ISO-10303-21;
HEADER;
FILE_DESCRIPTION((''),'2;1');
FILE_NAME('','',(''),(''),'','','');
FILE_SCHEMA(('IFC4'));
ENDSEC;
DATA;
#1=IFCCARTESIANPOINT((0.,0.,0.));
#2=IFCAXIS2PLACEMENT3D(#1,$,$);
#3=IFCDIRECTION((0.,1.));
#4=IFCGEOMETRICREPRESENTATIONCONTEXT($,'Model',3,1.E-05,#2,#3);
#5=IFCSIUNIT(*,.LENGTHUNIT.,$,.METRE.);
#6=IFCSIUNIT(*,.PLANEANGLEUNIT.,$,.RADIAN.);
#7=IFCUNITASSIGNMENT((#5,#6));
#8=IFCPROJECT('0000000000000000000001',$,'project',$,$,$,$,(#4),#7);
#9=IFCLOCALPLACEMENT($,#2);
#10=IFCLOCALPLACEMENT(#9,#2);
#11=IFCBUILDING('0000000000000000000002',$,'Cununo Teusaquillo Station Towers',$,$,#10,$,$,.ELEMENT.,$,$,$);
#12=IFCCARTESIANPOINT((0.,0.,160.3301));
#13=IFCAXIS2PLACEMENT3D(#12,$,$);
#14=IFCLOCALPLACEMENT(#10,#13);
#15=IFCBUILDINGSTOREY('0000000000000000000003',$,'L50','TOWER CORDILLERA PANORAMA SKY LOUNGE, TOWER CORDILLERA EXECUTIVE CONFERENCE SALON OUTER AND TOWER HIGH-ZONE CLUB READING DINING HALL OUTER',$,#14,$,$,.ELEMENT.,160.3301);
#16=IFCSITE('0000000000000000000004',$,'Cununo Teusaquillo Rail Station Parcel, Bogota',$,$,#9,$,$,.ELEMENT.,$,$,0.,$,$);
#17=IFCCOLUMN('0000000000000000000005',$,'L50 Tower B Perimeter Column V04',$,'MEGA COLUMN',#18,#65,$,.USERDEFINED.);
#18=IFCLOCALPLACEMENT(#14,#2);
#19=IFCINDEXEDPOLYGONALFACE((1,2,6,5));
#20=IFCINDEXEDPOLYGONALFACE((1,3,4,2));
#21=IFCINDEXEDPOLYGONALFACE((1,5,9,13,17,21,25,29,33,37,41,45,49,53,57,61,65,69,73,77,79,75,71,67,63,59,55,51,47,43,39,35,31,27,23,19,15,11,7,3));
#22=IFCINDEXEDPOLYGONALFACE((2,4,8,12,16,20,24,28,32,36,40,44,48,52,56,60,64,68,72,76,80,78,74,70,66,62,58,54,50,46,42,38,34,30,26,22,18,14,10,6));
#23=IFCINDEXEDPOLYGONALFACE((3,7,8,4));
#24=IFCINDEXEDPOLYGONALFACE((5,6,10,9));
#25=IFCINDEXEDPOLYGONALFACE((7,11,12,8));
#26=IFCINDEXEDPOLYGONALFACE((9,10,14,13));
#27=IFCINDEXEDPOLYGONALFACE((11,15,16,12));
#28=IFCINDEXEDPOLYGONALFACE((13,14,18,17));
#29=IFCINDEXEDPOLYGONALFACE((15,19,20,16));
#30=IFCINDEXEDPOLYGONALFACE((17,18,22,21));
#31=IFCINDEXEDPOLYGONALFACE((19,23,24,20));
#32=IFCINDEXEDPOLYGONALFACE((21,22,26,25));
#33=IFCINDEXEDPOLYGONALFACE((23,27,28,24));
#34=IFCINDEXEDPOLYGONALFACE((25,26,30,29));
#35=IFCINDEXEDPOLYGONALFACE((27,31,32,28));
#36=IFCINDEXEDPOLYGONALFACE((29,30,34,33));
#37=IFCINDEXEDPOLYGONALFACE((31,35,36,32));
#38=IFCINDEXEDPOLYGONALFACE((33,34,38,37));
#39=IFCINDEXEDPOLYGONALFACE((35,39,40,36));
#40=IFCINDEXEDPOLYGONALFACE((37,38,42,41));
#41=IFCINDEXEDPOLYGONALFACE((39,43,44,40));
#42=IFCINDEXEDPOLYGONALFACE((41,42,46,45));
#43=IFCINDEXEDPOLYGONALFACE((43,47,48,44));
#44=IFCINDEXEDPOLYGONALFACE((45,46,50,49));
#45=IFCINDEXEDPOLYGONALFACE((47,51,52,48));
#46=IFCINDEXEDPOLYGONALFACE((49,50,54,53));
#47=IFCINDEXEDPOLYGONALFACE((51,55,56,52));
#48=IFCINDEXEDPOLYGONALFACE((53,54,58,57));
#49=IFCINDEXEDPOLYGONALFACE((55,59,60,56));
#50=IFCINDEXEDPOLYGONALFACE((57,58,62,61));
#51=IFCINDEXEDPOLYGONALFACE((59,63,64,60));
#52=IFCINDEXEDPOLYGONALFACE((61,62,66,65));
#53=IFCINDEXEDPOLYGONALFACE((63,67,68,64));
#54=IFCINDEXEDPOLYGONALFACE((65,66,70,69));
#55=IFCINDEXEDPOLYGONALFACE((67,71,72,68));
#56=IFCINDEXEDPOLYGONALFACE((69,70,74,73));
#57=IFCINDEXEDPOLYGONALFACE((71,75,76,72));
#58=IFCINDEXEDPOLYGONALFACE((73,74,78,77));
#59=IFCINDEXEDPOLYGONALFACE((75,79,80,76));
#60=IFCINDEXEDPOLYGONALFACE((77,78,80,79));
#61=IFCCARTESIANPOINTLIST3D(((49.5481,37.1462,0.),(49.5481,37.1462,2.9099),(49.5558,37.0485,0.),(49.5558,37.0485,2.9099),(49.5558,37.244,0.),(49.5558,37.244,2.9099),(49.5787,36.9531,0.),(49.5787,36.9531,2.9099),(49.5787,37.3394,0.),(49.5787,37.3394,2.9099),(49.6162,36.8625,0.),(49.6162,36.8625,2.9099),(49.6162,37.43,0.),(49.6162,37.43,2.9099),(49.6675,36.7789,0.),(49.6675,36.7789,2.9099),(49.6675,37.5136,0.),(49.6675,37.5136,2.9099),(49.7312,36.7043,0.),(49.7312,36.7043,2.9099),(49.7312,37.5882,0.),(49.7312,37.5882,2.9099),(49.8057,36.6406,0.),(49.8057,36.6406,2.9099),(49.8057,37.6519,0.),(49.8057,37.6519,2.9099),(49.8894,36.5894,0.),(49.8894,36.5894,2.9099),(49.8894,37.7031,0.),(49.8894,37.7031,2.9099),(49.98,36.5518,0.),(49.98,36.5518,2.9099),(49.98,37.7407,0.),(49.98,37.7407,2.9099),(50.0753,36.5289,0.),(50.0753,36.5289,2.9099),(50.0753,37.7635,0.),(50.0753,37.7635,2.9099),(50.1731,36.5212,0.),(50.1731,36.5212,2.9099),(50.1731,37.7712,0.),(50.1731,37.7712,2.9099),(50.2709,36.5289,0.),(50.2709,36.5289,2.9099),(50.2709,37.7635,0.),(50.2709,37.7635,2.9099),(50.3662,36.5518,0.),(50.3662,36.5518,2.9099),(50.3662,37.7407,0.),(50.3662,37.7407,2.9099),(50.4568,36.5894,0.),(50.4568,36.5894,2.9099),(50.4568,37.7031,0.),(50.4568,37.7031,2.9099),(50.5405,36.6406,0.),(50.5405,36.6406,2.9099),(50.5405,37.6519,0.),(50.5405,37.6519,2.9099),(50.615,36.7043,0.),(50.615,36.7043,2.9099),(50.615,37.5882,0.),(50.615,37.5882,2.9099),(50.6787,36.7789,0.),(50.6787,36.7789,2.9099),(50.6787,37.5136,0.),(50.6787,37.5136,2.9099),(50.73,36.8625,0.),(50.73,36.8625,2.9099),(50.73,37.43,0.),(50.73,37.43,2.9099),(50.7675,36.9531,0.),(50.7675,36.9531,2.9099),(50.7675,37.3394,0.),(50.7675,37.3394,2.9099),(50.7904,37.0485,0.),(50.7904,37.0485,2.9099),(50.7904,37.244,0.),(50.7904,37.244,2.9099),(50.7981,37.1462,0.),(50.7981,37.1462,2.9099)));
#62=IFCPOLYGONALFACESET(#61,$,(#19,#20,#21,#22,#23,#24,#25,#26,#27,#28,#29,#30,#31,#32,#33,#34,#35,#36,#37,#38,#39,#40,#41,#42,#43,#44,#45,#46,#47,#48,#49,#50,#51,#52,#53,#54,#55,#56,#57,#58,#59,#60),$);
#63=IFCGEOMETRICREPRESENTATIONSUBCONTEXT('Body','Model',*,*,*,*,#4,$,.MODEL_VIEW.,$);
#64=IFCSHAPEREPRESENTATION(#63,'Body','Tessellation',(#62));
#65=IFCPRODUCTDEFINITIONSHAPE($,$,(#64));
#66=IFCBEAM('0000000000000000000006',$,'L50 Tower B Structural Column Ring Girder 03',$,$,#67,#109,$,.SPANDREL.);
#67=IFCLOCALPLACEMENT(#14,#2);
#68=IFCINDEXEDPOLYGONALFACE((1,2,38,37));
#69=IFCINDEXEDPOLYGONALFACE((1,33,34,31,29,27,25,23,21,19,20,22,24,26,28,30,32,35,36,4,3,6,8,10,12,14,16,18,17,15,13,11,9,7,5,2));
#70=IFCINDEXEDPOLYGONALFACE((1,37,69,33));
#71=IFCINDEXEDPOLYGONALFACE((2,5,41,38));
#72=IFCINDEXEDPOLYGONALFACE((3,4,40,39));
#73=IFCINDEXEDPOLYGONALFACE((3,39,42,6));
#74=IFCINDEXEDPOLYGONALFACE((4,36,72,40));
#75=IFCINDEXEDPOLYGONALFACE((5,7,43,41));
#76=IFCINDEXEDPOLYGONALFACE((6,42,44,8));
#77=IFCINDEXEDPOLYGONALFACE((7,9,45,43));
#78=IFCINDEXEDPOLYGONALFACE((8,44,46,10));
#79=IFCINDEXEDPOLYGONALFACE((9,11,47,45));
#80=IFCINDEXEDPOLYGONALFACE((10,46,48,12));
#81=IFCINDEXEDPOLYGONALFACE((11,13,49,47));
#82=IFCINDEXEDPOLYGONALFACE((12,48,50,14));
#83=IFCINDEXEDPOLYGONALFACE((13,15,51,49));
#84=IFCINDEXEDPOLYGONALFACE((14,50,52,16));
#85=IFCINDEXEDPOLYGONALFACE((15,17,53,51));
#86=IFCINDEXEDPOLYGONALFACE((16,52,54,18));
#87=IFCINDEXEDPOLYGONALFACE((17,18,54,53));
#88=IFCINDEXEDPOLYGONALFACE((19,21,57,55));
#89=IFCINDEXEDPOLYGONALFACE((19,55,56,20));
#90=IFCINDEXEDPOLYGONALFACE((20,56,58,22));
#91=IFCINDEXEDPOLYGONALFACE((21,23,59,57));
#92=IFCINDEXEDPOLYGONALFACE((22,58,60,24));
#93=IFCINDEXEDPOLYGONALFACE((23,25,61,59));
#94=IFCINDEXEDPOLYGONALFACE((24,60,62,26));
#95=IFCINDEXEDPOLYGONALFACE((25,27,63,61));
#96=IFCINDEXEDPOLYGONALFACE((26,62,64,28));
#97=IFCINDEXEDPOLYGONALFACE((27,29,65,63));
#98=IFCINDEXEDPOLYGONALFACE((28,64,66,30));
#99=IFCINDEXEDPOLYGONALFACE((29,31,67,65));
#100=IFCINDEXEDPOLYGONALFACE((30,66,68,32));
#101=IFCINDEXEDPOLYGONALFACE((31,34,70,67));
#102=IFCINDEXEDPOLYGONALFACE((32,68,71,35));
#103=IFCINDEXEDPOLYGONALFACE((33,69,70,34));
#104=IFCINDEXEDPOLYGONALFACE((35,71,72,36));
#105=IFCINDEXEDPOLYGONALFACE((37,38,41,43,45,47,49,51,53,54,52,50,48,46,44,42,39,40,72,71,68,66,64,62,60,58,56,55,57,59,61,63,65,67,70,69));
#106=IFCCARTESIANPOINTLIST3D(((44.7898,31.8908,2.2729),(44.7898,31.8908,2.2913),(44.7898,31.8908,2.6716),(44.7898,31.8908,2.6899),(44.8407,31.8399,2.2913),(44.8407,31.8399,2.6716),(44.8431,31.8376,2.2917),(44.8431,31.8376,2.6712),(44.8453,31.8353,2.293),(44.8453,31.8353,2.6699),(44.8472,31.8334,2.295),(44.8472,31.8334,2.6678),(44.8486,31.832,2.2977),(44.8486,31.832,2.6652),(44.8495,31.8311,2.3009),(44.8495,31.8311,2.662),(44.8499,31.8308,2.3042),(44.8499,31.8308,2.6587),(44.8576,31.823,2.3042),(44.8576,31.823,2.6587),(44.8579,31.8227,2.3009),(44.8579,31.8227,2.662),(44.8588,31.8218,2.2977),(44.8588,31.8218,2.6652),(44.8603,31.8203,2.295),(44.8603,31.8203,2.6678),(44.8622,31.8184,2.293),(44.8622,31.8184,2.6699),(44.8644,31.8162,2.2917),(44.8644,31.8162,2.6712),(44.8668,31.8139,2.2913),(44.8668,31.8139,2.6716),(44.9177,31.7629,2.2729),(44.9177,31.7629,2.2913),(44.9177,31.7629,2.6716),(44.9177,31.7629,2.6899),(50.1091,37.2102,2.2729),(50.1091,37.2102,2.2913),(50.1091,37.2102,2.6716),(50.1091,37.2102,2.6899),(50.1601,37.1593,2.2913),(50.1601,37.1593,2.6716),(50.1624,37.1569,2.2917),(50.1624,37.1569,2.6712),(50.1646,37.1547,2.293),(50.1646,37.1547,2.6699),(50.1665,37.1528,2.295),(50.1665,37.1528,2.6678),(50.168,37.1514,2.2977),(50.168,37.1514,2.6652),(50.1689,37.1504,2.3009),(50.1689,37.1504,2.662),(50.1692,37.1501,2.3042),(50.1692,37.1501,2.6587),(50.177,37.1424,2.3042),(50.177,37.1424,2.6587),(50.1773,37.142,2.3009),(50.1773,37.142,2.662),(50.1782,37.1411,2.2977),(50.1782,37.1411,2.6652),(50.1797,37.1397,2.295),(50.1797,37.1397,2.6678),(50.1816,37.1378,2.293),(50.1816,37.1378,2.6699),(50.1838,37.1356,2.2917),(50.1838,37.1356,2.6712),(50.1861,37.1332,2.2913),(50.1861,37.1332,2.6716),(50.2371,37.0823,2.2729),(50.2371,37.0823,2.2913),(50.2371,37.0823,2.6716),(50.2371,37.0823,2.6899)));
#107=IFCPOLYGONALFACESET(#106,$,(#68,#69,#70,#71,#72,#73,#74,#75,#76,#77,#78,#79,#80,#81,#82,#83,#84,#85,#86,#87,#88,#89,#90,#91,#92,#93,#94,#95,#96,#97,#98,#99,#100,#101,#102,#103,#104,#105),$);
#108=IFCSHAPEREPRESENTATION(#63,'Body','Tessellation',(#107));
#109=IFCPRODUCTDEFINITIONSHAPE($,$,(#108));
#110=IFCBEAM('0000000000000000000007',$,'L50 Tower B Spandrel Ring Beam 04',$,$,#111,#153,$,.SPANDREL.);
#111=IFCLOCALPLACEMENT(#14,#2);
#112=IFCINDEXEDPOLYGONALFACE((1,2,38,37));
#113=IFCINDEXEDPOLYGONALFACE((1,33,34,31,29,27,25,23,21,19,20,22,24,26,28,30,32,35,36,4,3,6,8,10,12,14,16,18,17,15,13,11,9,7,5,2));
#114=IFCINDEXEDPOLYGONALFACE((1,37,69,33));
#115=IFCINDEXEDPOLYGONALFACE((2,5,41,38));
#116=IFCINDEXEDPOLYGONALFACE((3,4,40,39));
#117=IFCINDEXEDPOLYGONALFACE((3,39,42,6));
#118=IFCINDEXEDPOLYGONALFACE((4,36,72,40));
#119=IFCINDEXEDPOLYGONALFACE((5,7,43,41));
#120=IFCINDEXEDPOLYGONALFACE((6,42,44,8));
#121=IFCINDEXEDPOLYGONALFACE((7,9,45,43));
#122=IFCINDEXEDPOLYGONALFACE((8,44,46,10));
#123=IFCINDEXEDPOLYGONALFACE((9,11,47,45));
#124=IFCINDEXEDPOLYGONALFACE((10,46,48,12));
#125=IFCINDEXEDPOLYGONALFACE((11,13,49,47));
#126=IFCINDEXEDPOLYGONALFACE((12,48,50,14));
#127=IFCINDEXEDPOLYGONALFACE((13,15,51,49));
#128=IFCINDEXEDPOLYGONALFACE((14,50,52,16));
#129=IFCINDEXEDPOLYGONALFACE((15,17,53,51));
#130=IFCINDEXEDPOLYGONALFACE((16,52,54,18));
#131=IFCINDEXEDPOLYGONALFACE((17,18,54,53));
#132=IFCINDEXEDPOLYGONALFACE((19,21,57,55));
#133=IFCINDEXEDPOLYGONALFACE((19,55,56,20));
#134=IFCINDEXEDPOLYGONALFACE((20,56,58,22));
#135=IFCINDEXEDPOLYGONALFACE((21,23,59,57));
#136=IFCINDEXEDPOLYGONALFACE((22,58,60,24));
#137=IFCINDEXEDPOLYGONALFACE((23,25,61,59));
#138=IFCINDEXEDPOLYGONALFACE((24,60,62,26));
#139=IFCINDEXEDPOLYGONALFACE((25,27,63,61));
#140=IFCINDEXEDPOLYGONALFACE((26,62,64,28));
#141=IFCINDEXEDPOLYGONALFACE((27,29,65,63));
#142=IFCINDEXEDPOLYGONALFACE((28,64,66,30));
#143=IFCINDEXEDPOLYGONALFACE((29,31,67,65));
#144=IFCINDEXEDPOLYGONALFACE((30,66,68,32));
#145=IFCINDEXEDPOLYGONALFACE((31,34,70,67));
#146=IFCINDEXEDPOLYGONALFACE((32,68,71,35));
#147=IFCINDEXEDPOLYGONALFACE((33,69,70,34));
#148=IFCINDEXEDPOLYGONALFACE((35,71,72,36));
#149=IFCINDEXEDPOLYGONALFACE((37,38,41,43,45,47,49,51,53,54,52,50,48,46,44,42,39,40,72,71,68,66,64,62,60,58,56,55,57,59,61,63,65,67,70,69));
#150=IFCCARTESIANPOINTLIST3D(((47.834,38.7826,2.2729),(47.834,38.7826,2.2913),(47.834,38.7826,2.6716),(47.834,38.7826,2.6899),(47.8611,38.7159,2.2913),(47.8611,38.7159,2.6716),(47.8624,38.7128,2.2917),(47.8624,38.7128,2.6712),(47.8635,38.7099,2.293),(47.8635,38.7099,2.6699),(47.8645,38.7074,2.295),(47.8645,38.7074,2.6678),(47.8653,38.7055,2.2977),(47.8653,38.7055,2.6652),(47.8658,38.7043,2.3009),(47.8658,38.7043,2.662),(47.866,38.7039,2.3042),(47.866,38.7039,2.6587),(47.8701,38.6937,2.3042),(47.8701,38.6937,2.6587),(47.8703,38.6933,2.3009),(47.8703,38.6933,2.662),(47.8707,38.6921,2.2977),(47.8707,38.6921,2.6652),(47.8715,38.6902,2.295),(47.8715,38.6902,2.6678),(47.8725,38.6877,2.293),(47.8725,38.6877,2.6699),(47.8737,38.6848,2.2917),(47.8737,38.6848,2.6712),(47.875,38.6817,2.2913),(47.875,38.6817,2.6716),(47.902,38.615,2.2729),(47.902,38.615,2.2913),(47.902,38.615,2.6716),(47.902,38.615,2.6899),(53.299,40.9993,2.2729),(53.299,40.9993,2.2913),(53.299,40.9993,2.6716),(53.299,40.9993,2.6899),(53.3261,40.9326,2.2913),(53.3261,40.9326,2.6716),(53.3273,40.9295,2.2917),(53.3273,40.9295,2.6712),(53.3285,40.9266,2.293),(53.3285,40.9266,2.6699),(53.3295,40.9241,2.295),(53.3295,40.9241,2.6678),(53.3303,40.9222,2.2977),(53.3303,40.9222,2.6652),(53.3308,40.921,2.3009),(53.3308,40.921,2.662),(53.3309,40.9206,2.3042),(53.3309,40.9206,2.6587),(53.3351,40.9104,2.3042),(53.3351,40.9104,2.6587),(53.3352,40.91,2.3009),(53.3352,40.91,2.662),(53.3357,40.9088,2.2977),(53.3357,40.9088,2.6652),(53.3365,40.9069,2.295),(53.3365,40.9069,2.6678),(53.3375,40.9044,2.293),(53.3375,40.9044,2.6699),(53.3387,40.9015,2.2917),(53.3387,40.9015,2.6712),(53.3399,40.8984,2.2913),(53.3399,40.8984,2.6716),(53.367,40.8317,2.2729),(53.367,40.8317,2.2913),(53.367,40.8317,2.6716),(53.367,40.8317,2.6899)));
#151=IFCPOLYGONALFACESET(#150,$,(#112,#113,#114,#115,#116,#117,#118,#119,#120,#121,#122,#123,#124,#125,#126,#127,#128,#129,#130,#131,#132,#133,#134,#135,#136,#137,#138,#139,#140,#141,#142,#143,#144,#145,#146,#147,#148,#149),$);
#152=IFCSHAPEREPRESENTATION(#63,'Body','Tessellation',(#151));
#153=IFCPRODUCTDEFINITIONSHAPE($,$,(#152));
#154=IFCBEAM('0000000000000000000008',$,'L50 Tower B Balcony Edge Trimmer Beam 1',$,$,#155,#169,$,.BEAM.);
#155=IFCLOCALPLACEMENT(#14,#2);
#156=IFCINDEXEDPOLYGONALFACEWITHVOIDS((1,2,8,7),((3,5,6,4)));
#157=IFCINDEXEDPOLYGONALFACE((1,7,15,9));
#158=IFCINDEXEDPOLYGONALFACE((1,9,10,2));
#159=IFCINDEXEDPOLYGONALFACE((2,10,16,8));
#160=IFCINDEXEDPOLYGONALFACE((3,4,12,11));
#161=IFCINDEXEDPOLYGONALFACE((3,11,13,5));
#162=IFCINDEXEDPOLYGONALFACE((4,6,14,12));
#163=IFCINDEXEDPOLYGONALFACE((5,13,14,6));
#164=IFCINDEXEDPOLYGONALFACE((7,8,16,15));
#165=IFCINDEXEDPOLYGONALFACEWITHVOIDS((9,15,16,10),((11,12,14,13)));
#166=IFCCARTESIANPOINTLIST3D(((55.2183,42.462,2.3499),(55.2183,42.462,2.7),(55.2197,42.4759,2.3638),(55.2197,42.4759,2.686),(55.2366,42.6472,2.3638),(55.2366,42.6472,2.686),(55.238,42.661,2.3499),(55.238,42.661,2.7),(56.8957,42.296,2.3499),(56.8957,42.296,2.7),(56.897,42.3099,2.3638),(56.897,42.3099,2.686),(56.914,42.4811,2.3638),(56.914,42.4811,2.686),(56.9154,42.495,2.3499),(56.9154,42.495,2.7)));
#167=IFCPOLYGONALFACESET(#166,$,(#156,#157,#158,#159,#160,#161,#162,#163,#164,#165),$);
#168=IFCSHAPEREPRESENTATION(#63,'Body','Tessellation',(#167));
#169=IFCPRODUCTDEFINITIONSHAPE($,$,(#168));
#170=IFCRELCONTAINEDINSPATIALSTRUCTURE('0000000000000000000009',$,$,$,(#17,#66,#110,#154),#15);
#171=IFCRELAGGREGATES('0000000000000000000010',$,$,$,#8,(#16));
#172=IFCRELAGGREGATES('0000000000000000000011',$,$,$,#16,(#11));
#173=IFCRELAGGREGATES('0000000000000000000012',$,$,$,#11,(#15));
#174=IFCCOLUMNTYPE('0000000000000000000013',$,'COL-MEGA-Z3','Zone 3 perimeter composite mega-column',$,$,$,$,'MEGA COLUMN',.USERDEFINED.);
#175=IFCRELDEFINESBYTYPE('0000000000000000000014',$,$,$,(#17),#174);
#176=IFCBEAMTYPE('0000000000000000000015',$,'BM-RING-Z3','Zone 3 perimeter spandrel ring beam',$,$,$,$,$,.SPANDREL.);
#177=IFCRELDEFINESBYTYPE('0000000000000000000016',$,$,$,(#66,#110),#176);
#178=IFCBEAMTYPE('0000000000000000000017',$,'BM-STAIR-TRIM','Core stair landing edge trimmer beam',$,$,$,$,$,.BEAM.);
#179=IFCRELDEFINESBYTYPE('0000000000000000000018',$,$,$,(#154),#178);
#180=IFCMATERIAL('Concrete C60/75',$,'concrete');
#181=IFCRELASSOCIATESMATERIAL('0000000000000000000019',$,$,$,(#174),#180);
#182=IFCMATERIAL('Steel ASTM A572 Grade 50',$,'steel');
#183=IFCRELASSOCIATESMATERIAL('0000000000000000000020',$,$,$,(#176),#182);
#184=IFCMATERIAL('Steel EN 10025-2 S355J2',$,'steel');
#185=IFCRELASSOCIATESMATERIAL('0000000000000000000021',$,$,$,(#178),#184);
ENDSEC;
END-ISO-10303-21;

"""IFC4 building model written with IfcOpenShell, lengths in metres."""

from ifc_helpers import new_model, si_unit, direction, frame, origin, origin_2d, place, context, subcontext, project, spatial, hollow_rectangle, circle, i_section, extrude, material, material_profile, profile_set, type_object, element, save


model = new_model("IFC4")

# Units and contexts
model_context = context("Model", 3, precision=1e-05, world=origin(), true_north=direction((0.0, 1.0)))
body_context = subcontext(model_context, "Body", "Model", "MODEL_VIEW")
ifc_project = project(units=[si_unit("LENGTHUNIT", "METRE"), si_unit("PLANEANGLEUNIT", "RADIAN")], contexts=[model_context])

# Site, building, storey
site_placement = place(None, origin())
site = spatial("IfcSite", under=ifc_project, at=site_placement, Name="Cununo Teusaquillo Rail Station Parcel, Bogota", CompositionType="ELEMENT", RefElevation=0.0)
building_placement = place(site_placement, origin())
building = spatial("IfcBuilding", under=site, at=building_placement, Name="Cununo Teusaquillo Station Towers", CompositionType="ELEMENT")
storey_placement = place(building_placement, frame((0.0, 0.0, 160.3301)))
storey = spatial("IfcBuildingStorey", under=building, at=storey_placement, Name="L50", Description="TOWER CORDILLERA PANORAMA SKY LOUNGE, TOWER CORDILLERA EXECUTIVE CONFERENCE SALON OUTER AND TOWER HIGH-ZONE CLUB READING DINING HALL OUTER", CompositionType="ELEMENT", Elevation=160.3301)

# Column
ifc_material_1 = material(Name="Concrete C60/75", Category="concrete")
ifc_material_profile_1 = material_profile(ifc_material_1, circle(Radius=0.625, at=origin_2d()), Name="RC-CIRC-1250")
ifc_profile_set_1 = profile_set([ifc_material_profile_1], Name="Concrete C60/75")
column_type = type_object("IfcColumnType", Name="COL-MEGA-Z3", Description="Zone 3 perimeter composite mega-column", ElementType="MEGA COLUMN", PredefinedType="USERDEFINED", material=ifc_profile_set_1)
column_placement = place(storey_placement, frame((50.1731, 37.1462, 0.0), z_axis=(0.0, 0.0, 1.0), x_axis=(1.0, 0.0, 0.0)))
element("IfcColumn", 1, at=column_placement, inside=storey, type_object=column_type, Name="L50 Tower B Perimeter Column V04", ObjectType="MEGA COLUMN", PredefinedType="USERDEFINED", context=body_context, shape_type="SweptSolid", body=[
    extrude(circle(Radius=0.625, at=origin_2d()), origin(), (0.0, 0.0, 1.0), 2.9099),
])

# Beams
ifc_material_2 = material(Name="Steel ASTM A572 Grade 50", Category="steel")
ifc_material_profile_2 = material_profile(ifc_material_2, i_section(OverallWidth=0.1809, OverallDepth=0.417, WebThickness=0.011, FlangeThickness=0.0183, FilletRadius=0.0129, at=origin_2d()), Name="W16X57")
ifc_profile_set_2 = profile_set([ifc_material_profile_2], Name="Steel ASTM A572 Grade 50")
beam_type_1 = type_object("IfcBeamType", Name="BM-RING-Z3", Description="Zone 3 perimeter spandrel ring beam", PredefinedType="SPANDREL", material=ifc_profile_set_2)
beam_1_placement = place(storey_placement, frame((50.1731, 37.1462, 2.4814), z_axis=(-0.707107, -0.707107, 0.0), x_axis=(0.707107, -0.707107, 0.0)))
element("IfcBeam", 2, at=beam_1_placement, inside=storey, type_object=beam_type_1, Name="L50 Tower B Structural Column Ring Girder 03", PredefinedType="SPANDREL", context=body_context, shape_type="SweptSolid", body=[
    extrude(i_section(OverallWidth=0.1809, OverallDepth=0.417, WebThickness=0.011, FlangeThickness=0.0183, FilletRadius=0.0129, at=origin_2d()), origin(), (0.0, 0.0, 1.0), 7.5227),
])
beam_2_placement = place(storey_placement, frame((53.333, 40.9155, 2.4814), z_axis=(-0.926667, -0.375883, 0.0), x_axis=(0.375883, -0.926667, 0.0)))
element("IfcBeam", 3, at=beam_2_placement, inside=storey, type_object=beam_type_1, Name="L50 Tower B Spandrel Ring Beam 04", PredefinedType="SPANDREL", context=body_context, shape_type="SweptSolid", body=[
    extrude(i_section(OverallWidth=0.1809, OverallDepth=0.417, WebThickness=0.011, FlangeThickness=0.0183, FilletRadius=0.0129, at=origin_2d()), origin(), (0.0, 0.0, 1.0), 5.8975),
])
ifc_material_3 = material(Name="Steel EN 10025-2 S355J2", Category="steel")
ifc_material_profile_3 = material_profile(ifc_material_3, hollow_rectangle(XDim=0.2, YDim=0.3501, WallThickness=0.0139, at=origin_2d()), Name="RHS 350x200x14")
ifc_profile_set_3 = profile_set([ifc_material_profile_3], Name="Steel EN 10025-2 S355J2")
beam_type_2 = type_object("IfcBeamType", Name="BM-STAIR-TRIM", Description="Core stair landing edge trimmer beam", PredefinedType="BEAM", material=ifc_profile_set_3)
beam_3_placement = place(storey_placement, frame((56.9055, 42.3955, 2.5249), z_axis=(-0.995137, 0.0985, 0.0), x_axis=(-0.0985, -0.995137, 0.0)))
element("IfcBeam", 4, at=beam_3_placement, inside=storey, type_object=beam_type_2, Name="L50 Tower B Balcony Edge Trimmer Beam 1", PredefinedType="BEAM", context=body_context, shape_type="SweptSolid", body=[
    extrude(hollow_rectangle(XDim=0.2, YDim=0.3501, WallThickness=0.0139, at=origin_2d()), origin(), (0.0, 0.0, 1.0), 1.6855),
])

save(model, "model.ifc")
